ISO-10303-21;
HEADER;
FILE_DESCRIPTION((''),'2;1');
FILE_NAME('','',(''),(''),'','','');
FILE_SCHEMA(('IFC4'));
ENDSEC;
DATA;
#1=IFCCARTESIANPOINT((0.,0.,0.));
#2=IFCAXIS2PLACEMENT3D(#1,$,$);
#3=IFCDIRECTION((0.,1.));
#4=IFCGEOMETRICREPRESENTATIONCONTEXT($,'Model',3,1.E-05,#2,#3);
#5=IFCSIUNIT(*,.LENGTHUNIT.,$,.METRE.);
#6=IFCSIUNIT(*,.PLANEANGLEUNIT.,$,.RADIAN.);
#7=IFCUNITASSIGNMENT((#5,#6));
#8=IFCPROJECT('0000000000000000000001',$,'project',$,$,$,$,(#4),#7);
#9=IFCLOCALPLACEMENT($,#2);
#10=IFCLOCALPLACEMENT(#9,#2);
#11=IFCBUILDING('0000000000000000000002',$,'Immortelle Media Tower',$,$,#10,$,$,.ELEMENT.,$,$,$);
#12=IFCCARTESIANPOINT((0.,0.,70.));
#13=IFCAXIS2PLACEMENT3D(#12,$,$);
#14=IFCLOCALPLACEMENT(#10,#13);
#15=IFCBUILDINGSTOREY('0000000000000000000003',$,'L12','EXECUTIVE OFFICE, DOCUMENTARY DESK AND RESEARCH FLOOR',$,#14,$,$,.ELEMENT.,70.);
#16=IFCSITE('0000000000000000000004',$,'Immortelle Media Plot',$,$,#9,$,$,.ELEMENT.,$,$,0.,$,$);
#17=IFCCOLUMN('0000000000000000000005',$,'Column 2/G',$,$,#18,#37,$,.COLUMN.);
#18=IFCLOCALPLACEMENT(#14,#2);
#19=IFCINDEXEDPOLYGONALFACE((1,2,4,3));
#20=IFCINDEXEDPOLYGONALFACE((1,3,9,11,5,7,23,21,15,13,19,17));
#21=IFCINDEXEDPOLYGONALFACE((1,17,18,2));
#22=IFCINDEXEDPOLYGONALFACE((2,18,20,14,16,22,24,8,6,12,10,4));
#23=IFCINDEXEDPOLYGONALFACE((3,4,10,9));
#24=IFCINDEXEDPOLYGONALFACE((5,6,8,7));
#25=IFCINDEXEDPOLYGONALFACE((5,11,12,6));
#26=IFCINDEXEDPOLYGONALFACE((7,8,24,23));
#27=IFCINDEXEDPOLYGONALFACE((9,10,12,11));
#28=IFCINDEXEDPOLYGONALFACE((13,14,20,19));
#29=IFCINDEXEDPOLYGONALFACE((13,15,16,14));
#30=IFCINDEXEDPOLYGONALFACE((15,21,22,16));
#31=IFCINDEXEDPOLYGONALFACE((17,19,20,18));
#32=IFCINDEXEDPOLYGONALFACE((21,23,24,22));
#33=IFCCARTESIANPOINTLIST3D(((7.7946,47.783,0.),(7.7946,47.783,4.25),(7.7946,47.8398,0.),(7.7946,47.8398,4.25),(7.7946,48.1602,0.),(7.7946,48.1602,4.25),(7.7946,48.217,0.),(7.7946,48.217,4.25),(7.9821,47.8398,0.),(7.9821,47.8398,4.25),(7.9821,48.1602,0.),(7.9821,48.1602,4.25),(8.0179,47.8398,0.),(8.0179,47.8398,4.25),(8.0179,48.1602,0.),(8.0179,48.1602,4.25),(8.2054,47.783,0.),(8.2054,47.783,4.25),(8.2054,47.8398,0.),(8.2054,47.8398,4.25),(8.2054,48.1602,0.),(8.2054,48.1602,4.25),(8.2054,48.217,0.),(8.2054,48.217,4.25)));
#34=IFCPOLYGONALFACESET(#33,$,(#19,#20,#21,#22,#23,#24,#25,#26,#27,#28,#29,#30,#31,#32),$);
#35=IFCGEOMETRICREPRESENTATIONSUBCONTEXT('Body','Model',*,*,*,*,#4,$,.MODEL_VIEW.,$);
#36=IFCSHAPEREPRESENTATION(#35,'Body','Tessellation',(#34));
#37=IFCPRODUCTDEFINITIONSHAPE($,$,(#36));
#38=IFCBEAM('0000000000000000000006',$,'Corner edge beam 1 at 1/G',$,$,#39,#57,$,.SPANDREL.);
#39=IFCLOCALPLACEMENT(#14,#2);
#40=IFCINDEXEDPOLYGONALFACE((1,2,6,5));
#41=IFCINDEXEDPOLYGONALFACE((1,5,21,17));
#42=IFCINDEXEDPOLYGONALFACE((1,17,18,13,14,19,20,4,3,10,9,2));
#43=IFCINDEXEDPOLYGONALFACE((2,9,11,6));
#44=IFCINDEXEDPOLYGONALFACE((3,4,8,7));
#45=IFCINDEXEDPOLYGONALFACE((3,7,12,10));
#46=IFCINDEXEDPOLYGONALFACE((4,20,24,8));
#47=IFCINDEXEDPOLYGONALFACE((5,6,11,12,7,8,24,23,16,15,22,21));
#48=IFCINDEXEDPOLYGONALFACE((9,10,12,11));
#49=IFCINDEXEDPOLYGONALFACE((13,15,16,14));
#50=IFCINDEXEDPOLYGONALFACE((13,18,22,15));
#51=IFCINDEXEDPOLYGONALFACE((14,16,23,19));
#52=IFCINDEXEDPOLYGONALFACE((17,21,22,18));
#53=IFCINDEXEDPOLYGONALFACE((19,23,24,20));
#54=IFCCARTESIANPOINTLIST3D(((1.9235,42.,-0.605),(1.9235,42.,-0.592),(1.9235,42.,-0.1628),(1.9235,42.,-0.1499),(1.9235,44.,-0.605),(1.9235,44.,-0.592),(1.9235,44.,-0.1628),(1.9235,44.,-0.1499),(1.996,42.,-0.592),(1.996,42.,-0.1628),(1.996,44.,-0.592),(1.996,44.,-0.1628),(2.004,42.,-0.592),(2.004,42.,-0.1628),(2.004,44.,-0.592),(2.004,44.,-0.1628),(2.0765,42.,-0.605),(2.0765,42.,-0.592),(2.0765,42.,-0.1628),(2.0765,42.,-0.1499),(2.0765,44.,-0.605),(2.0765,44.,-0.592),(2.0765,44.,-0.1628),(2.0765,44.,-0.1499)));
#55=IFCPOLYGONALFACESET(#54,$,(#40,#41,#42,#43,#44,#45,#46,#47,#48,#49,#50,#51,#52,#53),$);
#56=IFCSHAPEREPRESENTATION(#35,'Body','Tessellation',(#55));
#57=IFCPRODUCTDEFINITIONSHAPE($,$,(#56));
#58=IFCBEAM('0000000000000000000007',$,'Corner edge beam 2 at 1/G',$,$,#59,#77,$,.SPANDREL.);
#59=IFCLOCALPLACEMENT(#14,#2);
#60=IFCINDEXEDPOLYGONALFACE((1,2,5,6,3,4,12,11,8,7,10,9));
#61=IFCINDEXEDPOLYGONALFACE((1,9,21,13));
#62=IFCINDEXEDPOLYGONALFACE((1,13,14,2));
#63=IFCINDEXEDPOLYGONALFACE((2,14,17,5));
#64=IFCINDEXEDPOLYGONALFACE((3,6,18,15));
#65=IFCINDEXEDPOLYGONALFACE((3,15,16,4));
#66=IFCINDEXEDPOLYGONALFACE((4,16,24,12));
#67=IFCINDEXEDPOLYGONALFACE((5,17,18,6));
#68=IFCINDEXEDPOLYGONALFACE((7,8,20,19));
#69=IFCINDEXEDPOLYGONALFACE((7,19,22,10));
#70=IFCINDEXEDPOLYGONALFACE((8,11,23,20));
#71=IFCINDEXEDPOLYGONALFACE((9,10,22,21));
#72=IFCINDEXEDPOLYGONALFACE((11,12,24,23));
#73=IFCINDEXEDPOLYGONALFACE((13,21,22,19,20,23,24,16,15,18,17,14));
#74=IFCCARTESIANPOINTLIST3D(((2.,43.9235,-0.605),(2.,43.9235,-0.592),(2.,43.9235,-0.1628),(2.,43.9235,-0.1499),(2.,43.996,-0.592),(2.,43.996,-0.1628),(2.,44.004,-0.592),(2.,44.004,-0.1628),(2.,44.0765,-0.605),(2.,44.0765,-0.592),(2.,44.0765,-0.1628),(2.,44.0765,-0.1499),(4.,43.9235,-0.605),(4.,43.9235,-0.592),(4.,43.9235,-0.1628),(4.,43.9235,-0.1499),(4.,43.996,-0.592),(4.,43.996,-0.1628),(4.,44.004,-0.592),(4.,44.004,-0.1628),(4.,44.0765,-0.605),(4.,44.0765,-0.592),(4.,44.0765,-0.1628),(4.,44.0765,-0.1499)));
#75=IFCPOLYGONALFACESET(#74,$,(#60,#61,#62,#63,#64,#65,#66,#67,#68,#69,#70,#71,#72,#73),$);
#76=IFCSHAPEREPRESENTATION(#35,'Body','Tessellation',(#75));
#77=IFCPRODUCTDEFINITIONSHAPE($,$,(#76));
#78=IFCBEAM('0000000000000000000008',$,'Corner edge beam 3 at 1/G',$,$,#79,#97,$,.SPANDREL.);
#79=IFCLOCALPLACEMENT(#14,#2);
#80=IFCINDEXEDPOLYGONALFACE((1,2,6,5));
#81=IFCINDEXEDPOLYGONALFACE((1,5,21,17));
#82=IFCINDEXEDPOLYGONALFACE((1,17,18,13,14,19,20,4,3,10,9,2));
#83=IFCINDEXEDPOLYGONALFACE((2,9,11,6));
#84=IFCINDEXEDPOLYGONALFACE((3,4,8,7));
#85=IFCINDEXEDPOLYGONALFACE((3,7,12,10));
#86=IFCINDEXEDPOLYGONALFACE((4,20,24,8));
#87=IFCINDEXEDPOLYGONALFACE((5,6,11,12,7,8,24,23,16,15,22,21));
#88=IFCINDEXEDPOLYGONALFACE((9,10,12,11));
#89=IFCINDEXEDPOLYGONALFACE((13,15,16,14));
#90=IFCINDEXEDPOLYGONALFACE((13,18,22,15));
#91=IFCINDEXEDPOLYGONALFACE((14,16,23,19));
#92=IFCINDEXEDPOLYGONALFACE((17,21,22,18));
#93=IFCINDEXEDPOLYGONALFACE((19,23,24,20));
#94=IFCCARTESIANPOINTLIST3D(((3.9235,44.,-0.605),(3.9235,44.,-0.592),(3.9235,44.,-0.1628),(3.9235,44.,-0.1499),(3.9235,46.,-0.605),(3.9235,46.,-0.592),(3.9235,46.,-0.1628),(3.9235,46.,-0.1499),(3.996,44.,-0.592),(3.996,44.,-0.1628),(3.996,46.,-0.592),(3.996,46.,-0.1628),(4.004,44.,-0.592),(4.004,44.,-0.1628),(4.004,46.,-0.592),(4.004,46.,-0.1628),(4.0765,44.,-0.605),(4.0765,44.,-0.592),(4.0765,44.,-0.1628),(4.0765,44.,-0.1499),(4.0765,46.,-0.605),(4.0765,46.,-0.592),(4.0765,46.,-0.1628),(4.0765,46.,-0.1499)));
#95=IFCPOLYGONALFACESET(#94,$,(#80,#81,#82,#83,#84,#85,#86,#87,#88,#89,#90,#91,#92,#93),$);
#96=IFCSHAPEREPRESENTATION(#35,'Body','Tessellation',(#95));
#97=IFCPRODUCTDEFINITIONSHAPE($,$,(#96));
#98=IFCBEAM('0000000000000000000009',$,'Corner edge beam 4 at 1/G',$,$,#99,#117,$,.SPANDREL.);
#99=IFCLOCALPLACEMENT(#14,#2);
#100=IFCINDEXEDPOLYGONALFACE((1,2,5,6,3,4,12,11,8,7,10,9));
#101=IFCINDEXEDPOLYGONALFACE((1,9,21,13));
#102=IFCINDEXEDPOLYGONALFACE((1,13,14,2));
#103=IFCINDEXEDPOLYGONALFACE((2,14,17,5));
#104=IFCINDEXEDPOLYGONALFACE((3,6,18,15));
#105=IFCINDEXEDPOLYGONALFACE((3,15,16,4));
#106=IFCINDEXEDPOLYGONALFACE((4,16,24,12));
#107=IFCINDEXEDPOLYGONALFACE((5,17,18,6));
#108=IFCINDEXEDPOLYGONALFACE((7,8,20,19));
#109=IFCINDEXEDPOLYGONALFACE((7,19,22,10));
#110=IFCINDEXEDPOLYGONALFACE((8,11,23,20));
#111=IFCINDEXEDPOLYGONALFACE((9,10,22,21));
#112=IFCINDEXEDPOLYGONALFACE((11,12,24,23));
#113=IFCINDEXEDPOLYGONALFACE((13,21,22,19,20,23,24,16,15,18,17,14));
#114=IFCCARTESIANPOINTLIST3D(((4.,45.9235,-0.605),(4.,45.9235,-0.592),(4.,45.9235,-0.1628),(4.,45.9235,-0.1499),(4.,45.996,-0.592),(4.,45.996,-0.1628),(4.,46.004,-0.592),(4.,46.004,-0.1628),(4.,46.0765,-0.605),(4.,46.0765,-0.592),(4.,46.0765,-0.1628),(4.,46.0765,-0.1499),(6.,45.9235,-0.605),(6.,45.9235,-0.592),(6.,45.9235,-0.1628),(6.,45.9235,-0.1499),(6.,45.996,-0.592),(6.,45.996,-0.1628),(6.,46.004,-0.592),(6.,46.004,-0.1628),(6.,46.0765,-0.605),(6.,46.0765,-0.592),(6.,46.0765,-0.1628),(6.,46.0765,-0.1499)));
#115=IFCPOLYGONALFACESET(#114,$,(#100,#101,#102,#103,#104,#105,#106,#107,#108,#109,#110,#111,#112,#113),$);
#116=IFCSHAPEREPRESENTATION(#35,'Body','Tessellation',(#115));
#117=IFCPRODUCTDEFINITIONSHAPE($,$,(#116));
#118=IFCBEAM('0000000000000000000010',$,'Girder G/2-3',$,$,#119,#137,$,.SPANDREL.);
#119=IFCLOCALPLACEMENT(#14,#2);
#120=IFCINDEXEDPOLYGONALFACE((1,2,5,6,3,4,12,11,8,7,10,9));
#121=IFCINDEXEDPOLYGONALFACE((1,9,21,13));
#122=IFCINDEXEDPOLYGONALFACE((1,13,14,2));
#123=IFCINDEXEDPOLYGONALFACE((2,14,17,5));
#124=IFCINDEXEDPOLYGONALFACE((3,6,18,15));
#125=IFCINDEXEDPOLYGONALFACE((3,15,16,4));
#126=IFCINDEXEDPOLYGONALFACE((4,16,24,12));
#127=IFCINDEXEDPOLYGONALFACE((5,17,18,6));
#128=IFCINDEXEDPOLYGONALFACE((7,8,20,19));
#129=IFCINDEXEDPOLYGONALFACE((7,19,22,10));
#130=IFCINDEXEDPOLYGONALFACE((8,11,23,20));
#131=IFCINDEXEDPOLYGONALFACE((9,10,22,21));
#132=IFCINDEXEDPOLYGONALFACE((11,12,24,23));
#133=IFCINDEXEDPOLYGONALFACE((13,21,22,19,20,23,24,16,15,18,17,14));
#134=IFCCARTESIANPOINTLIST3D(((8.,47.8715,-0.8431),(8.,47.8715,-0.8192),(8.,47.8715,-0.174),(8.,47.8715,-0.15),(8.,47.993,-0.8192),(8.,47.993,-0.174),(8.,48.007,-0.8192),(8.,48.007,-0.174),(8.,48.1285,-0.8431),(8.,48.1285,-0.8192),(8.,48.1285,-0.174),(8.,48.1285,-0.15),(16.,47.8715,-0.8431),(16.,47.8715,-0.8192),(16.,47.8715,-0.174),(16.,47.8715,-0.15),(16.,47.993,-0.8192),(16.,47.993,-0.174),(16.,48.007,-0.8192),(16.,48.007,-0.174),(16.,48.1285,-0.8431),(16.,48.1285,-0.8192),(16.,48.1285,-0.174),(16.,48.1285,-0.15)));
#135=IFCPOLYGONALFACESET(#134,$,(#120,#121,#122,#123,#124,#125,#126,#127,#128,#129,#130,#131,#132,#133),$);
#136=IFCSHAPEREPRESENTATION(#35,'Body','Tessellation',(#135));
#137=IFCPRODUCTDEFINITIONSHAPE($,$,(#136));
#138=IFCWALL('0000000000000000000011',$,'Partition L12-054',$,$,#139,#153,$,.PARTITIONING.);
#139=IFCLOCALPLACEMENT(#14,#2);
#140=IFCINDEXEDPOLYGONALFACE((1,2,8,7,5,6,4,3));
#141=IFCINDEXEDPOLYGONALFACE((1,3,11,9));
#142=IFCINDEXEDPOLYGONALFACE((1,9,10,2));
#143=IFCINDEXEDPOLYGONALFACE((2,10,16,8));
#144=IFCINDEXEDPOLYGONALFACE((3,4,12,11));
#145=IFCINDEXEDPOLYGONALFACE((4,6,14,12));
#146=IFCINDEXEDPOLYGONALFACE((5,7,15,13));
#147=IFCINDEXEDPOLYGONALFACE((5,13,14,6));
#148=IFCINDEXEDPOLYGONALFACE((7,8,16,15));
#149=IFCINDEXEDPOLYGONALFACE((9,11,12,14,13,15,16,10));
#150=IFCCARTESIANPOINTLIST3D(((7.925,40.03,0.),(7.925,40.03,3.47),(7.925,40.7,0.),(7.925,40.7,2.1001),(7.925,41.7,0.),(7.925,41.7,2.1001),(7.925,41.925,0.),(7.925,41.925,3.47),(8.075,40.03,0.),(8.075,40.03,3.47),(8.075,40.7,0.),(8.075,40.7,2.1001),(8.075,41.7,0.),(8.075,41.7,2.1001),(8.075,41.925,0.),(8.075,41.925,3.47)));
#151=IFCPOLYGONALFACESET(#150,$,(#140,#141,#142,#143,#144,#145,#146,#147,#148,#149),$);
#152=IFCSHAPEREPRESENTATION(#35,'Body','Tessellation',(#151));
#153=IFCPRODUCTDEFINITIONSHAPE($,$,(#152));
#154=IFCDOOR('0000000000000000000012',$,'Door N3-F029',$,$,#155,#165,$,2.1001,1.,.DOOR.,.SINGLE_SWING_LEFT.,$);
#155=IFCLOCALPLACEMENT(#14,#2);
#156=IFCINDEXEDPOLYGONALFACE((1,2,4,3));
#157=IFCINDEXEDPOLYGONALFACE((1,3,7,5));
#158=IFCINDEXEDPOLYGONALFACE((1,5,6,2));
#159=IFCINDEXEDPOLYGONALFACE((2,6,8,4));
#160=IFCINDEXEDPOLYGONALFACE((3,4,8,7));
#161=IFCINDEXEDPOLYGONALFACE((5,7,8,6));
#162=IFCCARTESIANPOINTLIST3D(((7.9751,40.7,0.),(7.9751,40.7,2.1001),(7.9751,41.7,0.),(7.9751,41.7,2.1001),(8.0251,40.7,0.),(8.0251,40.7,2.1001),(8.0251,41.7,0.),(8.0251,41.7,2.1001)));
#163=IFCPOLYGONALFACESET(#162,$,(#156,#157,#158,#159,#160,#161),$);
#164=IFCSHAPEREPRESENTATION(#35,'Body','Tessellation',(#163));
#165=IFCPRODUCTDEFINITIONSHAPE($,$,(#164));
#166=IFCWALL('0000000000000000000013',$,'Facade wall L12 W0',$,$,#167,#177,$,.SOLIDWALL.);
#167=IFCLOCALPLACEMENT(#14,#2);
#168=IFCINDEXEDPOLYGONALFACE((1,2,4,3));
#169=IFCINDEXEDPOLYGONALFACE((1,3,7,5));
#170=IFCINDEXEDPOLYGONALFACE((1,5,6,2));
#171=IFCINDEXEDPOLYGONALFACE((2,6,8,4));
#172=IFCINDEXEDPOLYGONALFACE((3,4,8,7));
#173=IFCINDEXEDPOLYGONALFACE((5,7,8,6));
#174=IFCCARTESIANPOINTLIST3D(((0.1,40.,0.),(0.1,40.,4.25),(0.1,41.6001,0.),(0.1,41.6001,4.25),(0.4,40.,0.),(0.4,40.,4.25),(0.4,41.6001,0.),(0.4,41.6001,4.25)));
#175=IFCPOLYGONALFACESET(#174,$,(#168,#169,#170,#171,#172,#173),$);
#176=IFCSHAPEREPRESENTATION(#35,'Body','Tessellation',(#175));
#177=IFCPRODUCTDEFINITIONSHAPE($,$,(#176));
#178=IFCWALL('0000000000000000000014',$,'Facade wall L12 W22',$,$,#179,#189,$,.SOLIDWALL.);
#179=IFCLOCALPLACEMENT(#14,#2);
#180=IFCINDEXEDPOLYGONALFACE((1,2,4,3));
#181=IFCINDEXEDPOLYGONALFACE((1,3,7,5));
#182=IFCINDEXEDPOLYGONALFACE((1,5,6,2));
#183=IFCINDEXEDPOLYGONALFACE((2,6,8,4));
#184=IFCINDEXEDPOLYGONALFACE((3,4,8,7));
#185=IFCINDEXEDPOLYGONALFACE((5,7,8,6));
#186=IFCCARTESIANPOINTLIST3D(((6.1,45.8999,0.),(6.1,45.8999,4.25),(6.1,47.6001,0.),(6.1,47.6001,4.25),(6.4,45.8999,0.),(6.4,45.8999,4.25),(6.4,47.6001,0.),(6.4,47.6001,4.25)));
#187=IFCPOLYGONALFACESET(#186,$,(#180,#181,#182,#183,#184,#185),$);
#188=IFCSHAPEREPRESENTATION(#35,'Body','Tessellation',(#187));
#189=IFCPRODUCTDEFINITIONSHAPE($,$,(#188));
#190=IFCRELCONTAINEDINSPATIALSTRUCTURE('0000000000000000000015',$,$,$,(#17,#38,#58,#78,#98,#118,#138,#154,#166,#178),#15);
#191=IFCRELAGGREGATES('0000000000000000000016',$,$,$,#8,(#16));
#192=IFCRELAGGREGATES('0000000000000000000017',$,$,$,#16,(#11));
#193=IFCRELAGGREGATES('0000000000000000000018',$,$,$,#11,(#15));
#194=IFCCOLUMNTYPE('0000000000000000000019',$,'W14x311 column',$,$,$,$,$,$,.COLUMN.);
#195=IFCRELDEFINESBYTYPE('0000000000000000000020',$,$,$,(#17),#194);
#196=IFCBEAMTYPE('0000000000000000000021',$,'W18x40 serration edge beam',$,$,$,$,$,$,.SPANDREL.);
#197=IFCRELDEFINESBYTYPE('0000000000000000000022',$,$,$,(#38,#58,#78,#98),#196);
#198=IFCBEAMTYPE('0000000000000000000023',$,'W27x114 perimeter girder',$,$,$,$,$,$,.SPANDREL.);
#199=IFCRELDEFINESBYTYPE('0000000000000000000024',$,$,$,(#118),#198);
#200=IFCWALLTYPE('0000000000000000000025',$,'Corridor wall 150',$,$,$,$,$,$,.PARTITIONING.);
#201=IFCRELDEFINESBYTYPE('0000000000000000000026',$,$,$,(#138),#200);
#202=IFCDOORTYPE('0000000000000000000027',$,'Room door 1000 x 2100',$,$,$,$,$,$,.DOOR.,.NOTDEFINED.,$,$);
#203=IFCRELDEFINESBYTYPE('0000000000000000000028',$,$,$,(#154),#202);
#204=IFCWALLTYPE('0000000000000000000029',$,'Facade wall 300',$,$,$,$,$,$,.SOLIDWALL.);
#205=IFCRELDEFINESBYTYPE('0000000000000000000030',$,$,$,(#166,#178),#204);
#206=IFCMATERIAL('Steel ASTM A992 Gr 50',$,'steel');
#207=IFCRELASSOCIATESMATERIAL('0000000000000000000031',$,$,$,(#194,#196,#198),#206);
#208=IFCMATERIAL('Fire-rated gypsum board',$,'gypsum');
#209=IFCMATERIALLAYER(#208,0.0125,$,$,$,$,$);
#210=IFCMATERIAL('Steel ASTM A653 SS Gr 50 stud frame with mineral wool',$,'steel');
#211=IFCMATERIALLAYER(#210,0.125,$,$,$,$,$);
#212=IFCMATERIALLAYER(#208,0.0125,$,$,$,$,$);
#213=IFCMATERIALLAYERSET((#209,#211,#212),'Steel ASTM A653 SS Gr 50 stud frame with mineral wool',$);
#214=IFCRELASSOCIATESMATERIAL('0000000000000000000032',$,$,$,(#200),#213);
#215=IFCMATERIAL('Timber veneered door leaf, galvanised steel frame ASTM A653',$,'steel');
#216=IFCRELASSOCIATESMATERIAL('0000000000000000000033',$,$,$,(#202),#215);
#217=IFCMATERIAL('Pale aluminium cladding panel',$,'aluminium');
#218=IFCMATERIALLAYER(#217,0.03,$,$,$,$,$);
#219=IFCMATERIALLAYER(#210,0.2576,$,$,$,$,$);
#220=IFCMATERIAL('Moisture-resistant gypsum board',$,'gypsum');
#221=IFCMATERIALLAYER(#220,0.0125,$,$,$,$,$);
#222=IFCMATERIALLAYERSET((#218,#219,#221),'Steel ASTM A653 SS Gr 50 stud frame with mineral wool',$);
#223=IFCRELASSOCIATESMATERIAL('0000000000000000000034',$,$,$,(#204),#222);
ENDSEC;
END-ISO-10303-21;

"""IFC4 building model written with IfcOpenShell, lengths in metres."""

from ifc_helpers import new_model, si_unit, direction, frame, frame_2d, origin, origin_2d, place, context, subcontext, project, spatial, rectangle, i_section, extrude, material, layer, layer_set, material_profile, profile_set, type_object, element, fill, save


model = new_model("IFC4")

# Units and contexts
model_context = context("Model", 3, precision=1e-05, world=origin(), true_north=direction((0.0, 1.0)))
body_context = subcontext(model_context, "Body", "Model", "MODEL_VIEW")
ifc_project = project(units=[si_unit("LENGTHUNIT", "METRE"), si_unit("PLANEANGLEUNIT", "RADIAN")], contexts=[model_context])

# Site, building, storey
site_placement = place(None, origin())
site = spatial("IfcSite", under=ifc_project, at=site_placement, Name="Immortelle Media Plot", CompositionType="ELEMENT", RefElevation=0.0)
building_placement = place(site_placement, origin())
building = spatial("IfcBuilding", under=site, at=building_placement, Name="Immortelle Media Tower", CompositionType="ELEMENT")
storey_placement = place(building_placement, frame((0.0, 0.0, 70.0)))
storey = spatial("IfcBuildingStorey", under=building, at=storey_placement, Name="L12", Description="EXECUTIVE OFFICE, DOCUMENTARY DESK AND RESEARCH FLOOR", CompositionType="ELEMENT", Elevation=70.0)

# Column
ifc_material_1 = material(Name="Steel ASTM A992 Gr 50", Category="steel")
ifc_material_profile_1 = material_profile(ifc_material_1, i_section(OverallWidth=0.4109, OverallDepth=0.4341, WebThickness=0.0359, FlangeThickness=0.0569, at=origin_2d()), Name="W14x311")
ifc_profile_set_1 = profile_set([ifc_material_profile_1], Name="Steel ASTM A992 Gr 50")
column_type = type_object("IfcColumnType", Name="W14x311 column", PredefinedType="COLUMN", material=ifc_profile_set_1)
column_placement = place(storey_placement, frame((8.0, 48.0, 0.0), z_axis=(0.0, 0.0, 1.0), x_axis=(1.0, 0.0, 0.0)))
element("IfcColumn", 1, at=column_placement, inside=storey, type_object=column_type, Name="Column 2/G", PredefinedType="COLUMN", context=body_context, shape_type="SweptSolid", body=[
    extrude(i_section(OverallWidth=0.4109, OverallDepth=0.4341, WebThickness=0.0359, FlangeThickness=0.0569, at=origin_2d()), origin(), (0.0, 0.0, 1.0), 4.25),
])

# Beams
ifc_material_profile_2 = material_profile(ifc_material_1, i_section(OverallWidth=0.1531, OverallDepth=0.4551, WebThickness=0.0081, FlangeThickness=0.0129, at=origin_2d()), Name="W18x40")
ifc_profile_set_2 = profile_set([ifc_material_profile_2], Name="Steel ASTM A992 Gr 50")
beam_type_1 = type_object("IfcBeamType", Name="W18x40 serration edge beam", PredefinedType="SPANDREL", material=ifc_profile_set_2)
for number, where, z_axis, x_axis, name in (
    (2, (2.0, 42.0, -0.3774), (0.0, 1.0, 0.0), (-1.0, 0.0, 0.0), "Corner edge beam 1 at 1/G"),
    (3, (2.0, 44.0, -0.3774), (1.0, 0.0, 0.0), (0.0, 1.0, 0.0), "Corner edge beam 2 at 1/G"),
    (4, (4.0, 44.0, -0.3774), (0.0, 1.0, 0.0), (-1.0, 0.0, 0.0), "Corner edge beam 3 at 1/G"),
    (5, (4.0, 46.0, -0.3774), (1.0, 0.0, 0.0), (0.0, 1.0, 0.0), "Corner edge beam 4 at 1/G"),
):
    element("IfcBeam", number, at=place(storey_placement, frame(where, z_axis=z_axis, x_axis=x_axis)), inside=storey, type_object=beam_type_1, Name=name, PredefinedType="SPANDREL", context=body_context, shape_type="SweptSolid", body=[
        extrude(i_section(OverallWidth=0.1531, OverallDepth=0.4551, WebThickness=0.0081, FlangeThickness=0.0129, at=origin_2d()), origin(), (0.0, 0.0, 1.0), 2.0),
    ])
ifc_material_profile_3 = material_profile(ifc_material_1, i_section(OverallWidth=0.2571, OverallDepth=0.6931, WebThickness=0.0139, FlangeThickness=0.0239, at=origin_2d()), Name="W27x114")
ifc_profile_set_3 = profile_set([ifc_material_profile_3], Name="Steel ASTM A992 Gr 50")
beam_type_2 = type_object("IfcBeamType", Name="W27x114 perimeter girder", PredefinedType="SPANDREL", material=ifc_profile_set_3)
beam_placement = place(storey_placement, frame((8.0, 48.0, -0.4966), z_axis=(1.0, 0.0, 0.0), x_axis=(0.0, 1.0, 0.0)))
element("IfcBeam", 6, at=beam_placement, inside=storey, type_object=beam_type_2, Name="Girder G/2-3", PredefinedType="SPANDREL", context=body_context, shape_type="SweptSolid", body=[
    extrude(i_section(OverallWidth=0.2571, OverallDepth=0.6931, WebThickness=0.0139, FlangeThickness=0.0239, at=origin_2d()), origin(), (0.0, 0.0, 1.0), 8.0),
])

# Wall, opening, door
ifc_material_2 = material(Name="Fire-rated gypsum board", Category="gypsum")
ifc_layer_1 = layer(ifc_material_2, 0.0125)
ifc_material_3 = material(Name="Steel ASTM A653 SS Gr 50 stud frame with mineral wool", Category="steel")
ifc_layer_2 = layer(ifc_material_3, 0.125)
ifc_layer_3 = layer(ifc_material_2, 0.0125)
ifc_layer_set_1 = layer_set([ifc_layer_1, ifc_layer_2, ifc_layer_3], Name="Steel ASTM A653 SS Gr 50 stud frame with mineral wool")
wall_type_1 = type_object("IfcWallType", Name="Corridor wall 150", PredefinedType="PARTITIONING", material=ifc_layer_set_1)
wall_1_placement = place(storey_placement, frame((8.0, 40.03, 0.0), z_axis=(0.0, 0.0, 1.0), x_axis=(0.0, 1.0, 0.0)))
wall_1 = element("IfcWall", 7, at=wall_1_placement, inside=storey, type_object=wall_type_1, Name="Partition L12-054", PredefinedType="PARTITIONING", context=body_context, shape_type="SweptSolid", body=[
    extrude(rectangle(XDim=1.895, YDim=0.1499, at=frame_2d((0.9475, 0.0))), origin(), (0.0, 0.0, 1.0), 3.47),
])
opening_placement = place(wall_1_placement, frame((0.6699, 0.0, 0.0)))
opening = element("IfcOpeningElement", 8, at=opening_placement, cuts=wall_1, PredefinedType="OPENING", context=body_context, shape_type="SweptSolid", body=[
    extrude(rectangle(XDim=1.0, YDim=2.1001, at=frame_2d((0.5, 1.05))), frame((0.0, 0.085, 0.0), z_axis=(0.0, -1.0, 0.0), x_axis=(1.0, 0.0, 0.0)), (0.0, 0.0, 1.0), 0.1699),
])
ifc_material_4 = material(Name="Timber veneered door leaf, galvanised steel frame ASTM A653", Category="steel")
door_type = type_object("IfcDoorType", Name="Room door 1000 x 2100", OperationType="NOTDEFINED", PredefinedType="DOOR", material=ifc_material_4)
door_placement = place(opening_placement, origin())
door = element("IfcDoor", 9, at=door_placement, inside=storey, type_object=door_type, Name="Door N3-F029", OperationType="SINGLE_SWING_LEFT", OverallHeight=2.1001, OverallWidth=1.0, PredefinedType="DOOR", context=body_context, shape_type="SweptSolid", body=[
    extrude(rectangle(XDim=1.0, YDim=2.1001, at=frame_2d((0.5, 1.05))), frame((0.0, 0.0249, 0.0), z_axis=(0.0, -1.0, 0.0), x_axis=(1.0, 0.0, 0.0)), (0.0, 0.0, 1.0), 0.05),
])
fill(opening, door)

# Walls
ifc_material_5 = material(Name="Pale aluminium cladding panel", Category="aluminium")
ifc_layer_4 = layer(ifc_material_5, 0.03)
ifc_layer_5 = layer(ifc_material_3, 0.2576)
ifc_material_6 = material(Name="Moisture-resistant gypsum board", Category="gypsum")
ifc_layer_6 = layer(ifc_material_6, 0.0125)
ifc_layer_set_2 = layer_set([ifc_layer_4, ifc_layer_5, ifc_layer_6], Name="Steel ASTM A653 SS Gr 50 stud frame with mineral wool")
wall_type_2 = type_object("IfcWallType", Name="Facade wall 300", PredefinedType="SOLIDWALL", material=ifc_layer_set_2)
wall_2_placement = place(storey_placement, frame((0.25, 41.6001, 0.0), z_axis=(0.0, 0.0, 1.0), x_axis=(0.0, -1.0, 0.0)))
element("IfcWall", 10, at=wall_2_placement, inside=storey, type_object=wall_type_2, Name="Facade wall L12 W0", PredefinedType="SOLIDWALL", context=body_context, shape_type="SweptSolid", body=[
    extrude(rectangle(XDim=1.6001, YDim=0.3, at=frame_2d((0.8, 0.0))), origin(), (0.0, 0.0, 1.0), 4.25),
])
wall_3_placement = place(storey_placement, frame((6.25, 47.6001, 0.0), z_axis=(0.0, 0.0, 1.0), x_axis=(0.0, -1.0, 0.0)))
element("IfcWall", 11, at=wall_3_placement, inside=storey, type_object=wall_type_2, Name="Facade wall L12 W22", PredefinedType="SOLIDWALL", context=body_context, shape_type="SweptSolid", body=[
    extrude(rectangle(XDim=1.7002, YDim=0.3, at=frame_2d((0.8501, 0.0))), origin(), (0.0, 0.0, 1.0), 4.25),
])

save(model, "model.ifc")
